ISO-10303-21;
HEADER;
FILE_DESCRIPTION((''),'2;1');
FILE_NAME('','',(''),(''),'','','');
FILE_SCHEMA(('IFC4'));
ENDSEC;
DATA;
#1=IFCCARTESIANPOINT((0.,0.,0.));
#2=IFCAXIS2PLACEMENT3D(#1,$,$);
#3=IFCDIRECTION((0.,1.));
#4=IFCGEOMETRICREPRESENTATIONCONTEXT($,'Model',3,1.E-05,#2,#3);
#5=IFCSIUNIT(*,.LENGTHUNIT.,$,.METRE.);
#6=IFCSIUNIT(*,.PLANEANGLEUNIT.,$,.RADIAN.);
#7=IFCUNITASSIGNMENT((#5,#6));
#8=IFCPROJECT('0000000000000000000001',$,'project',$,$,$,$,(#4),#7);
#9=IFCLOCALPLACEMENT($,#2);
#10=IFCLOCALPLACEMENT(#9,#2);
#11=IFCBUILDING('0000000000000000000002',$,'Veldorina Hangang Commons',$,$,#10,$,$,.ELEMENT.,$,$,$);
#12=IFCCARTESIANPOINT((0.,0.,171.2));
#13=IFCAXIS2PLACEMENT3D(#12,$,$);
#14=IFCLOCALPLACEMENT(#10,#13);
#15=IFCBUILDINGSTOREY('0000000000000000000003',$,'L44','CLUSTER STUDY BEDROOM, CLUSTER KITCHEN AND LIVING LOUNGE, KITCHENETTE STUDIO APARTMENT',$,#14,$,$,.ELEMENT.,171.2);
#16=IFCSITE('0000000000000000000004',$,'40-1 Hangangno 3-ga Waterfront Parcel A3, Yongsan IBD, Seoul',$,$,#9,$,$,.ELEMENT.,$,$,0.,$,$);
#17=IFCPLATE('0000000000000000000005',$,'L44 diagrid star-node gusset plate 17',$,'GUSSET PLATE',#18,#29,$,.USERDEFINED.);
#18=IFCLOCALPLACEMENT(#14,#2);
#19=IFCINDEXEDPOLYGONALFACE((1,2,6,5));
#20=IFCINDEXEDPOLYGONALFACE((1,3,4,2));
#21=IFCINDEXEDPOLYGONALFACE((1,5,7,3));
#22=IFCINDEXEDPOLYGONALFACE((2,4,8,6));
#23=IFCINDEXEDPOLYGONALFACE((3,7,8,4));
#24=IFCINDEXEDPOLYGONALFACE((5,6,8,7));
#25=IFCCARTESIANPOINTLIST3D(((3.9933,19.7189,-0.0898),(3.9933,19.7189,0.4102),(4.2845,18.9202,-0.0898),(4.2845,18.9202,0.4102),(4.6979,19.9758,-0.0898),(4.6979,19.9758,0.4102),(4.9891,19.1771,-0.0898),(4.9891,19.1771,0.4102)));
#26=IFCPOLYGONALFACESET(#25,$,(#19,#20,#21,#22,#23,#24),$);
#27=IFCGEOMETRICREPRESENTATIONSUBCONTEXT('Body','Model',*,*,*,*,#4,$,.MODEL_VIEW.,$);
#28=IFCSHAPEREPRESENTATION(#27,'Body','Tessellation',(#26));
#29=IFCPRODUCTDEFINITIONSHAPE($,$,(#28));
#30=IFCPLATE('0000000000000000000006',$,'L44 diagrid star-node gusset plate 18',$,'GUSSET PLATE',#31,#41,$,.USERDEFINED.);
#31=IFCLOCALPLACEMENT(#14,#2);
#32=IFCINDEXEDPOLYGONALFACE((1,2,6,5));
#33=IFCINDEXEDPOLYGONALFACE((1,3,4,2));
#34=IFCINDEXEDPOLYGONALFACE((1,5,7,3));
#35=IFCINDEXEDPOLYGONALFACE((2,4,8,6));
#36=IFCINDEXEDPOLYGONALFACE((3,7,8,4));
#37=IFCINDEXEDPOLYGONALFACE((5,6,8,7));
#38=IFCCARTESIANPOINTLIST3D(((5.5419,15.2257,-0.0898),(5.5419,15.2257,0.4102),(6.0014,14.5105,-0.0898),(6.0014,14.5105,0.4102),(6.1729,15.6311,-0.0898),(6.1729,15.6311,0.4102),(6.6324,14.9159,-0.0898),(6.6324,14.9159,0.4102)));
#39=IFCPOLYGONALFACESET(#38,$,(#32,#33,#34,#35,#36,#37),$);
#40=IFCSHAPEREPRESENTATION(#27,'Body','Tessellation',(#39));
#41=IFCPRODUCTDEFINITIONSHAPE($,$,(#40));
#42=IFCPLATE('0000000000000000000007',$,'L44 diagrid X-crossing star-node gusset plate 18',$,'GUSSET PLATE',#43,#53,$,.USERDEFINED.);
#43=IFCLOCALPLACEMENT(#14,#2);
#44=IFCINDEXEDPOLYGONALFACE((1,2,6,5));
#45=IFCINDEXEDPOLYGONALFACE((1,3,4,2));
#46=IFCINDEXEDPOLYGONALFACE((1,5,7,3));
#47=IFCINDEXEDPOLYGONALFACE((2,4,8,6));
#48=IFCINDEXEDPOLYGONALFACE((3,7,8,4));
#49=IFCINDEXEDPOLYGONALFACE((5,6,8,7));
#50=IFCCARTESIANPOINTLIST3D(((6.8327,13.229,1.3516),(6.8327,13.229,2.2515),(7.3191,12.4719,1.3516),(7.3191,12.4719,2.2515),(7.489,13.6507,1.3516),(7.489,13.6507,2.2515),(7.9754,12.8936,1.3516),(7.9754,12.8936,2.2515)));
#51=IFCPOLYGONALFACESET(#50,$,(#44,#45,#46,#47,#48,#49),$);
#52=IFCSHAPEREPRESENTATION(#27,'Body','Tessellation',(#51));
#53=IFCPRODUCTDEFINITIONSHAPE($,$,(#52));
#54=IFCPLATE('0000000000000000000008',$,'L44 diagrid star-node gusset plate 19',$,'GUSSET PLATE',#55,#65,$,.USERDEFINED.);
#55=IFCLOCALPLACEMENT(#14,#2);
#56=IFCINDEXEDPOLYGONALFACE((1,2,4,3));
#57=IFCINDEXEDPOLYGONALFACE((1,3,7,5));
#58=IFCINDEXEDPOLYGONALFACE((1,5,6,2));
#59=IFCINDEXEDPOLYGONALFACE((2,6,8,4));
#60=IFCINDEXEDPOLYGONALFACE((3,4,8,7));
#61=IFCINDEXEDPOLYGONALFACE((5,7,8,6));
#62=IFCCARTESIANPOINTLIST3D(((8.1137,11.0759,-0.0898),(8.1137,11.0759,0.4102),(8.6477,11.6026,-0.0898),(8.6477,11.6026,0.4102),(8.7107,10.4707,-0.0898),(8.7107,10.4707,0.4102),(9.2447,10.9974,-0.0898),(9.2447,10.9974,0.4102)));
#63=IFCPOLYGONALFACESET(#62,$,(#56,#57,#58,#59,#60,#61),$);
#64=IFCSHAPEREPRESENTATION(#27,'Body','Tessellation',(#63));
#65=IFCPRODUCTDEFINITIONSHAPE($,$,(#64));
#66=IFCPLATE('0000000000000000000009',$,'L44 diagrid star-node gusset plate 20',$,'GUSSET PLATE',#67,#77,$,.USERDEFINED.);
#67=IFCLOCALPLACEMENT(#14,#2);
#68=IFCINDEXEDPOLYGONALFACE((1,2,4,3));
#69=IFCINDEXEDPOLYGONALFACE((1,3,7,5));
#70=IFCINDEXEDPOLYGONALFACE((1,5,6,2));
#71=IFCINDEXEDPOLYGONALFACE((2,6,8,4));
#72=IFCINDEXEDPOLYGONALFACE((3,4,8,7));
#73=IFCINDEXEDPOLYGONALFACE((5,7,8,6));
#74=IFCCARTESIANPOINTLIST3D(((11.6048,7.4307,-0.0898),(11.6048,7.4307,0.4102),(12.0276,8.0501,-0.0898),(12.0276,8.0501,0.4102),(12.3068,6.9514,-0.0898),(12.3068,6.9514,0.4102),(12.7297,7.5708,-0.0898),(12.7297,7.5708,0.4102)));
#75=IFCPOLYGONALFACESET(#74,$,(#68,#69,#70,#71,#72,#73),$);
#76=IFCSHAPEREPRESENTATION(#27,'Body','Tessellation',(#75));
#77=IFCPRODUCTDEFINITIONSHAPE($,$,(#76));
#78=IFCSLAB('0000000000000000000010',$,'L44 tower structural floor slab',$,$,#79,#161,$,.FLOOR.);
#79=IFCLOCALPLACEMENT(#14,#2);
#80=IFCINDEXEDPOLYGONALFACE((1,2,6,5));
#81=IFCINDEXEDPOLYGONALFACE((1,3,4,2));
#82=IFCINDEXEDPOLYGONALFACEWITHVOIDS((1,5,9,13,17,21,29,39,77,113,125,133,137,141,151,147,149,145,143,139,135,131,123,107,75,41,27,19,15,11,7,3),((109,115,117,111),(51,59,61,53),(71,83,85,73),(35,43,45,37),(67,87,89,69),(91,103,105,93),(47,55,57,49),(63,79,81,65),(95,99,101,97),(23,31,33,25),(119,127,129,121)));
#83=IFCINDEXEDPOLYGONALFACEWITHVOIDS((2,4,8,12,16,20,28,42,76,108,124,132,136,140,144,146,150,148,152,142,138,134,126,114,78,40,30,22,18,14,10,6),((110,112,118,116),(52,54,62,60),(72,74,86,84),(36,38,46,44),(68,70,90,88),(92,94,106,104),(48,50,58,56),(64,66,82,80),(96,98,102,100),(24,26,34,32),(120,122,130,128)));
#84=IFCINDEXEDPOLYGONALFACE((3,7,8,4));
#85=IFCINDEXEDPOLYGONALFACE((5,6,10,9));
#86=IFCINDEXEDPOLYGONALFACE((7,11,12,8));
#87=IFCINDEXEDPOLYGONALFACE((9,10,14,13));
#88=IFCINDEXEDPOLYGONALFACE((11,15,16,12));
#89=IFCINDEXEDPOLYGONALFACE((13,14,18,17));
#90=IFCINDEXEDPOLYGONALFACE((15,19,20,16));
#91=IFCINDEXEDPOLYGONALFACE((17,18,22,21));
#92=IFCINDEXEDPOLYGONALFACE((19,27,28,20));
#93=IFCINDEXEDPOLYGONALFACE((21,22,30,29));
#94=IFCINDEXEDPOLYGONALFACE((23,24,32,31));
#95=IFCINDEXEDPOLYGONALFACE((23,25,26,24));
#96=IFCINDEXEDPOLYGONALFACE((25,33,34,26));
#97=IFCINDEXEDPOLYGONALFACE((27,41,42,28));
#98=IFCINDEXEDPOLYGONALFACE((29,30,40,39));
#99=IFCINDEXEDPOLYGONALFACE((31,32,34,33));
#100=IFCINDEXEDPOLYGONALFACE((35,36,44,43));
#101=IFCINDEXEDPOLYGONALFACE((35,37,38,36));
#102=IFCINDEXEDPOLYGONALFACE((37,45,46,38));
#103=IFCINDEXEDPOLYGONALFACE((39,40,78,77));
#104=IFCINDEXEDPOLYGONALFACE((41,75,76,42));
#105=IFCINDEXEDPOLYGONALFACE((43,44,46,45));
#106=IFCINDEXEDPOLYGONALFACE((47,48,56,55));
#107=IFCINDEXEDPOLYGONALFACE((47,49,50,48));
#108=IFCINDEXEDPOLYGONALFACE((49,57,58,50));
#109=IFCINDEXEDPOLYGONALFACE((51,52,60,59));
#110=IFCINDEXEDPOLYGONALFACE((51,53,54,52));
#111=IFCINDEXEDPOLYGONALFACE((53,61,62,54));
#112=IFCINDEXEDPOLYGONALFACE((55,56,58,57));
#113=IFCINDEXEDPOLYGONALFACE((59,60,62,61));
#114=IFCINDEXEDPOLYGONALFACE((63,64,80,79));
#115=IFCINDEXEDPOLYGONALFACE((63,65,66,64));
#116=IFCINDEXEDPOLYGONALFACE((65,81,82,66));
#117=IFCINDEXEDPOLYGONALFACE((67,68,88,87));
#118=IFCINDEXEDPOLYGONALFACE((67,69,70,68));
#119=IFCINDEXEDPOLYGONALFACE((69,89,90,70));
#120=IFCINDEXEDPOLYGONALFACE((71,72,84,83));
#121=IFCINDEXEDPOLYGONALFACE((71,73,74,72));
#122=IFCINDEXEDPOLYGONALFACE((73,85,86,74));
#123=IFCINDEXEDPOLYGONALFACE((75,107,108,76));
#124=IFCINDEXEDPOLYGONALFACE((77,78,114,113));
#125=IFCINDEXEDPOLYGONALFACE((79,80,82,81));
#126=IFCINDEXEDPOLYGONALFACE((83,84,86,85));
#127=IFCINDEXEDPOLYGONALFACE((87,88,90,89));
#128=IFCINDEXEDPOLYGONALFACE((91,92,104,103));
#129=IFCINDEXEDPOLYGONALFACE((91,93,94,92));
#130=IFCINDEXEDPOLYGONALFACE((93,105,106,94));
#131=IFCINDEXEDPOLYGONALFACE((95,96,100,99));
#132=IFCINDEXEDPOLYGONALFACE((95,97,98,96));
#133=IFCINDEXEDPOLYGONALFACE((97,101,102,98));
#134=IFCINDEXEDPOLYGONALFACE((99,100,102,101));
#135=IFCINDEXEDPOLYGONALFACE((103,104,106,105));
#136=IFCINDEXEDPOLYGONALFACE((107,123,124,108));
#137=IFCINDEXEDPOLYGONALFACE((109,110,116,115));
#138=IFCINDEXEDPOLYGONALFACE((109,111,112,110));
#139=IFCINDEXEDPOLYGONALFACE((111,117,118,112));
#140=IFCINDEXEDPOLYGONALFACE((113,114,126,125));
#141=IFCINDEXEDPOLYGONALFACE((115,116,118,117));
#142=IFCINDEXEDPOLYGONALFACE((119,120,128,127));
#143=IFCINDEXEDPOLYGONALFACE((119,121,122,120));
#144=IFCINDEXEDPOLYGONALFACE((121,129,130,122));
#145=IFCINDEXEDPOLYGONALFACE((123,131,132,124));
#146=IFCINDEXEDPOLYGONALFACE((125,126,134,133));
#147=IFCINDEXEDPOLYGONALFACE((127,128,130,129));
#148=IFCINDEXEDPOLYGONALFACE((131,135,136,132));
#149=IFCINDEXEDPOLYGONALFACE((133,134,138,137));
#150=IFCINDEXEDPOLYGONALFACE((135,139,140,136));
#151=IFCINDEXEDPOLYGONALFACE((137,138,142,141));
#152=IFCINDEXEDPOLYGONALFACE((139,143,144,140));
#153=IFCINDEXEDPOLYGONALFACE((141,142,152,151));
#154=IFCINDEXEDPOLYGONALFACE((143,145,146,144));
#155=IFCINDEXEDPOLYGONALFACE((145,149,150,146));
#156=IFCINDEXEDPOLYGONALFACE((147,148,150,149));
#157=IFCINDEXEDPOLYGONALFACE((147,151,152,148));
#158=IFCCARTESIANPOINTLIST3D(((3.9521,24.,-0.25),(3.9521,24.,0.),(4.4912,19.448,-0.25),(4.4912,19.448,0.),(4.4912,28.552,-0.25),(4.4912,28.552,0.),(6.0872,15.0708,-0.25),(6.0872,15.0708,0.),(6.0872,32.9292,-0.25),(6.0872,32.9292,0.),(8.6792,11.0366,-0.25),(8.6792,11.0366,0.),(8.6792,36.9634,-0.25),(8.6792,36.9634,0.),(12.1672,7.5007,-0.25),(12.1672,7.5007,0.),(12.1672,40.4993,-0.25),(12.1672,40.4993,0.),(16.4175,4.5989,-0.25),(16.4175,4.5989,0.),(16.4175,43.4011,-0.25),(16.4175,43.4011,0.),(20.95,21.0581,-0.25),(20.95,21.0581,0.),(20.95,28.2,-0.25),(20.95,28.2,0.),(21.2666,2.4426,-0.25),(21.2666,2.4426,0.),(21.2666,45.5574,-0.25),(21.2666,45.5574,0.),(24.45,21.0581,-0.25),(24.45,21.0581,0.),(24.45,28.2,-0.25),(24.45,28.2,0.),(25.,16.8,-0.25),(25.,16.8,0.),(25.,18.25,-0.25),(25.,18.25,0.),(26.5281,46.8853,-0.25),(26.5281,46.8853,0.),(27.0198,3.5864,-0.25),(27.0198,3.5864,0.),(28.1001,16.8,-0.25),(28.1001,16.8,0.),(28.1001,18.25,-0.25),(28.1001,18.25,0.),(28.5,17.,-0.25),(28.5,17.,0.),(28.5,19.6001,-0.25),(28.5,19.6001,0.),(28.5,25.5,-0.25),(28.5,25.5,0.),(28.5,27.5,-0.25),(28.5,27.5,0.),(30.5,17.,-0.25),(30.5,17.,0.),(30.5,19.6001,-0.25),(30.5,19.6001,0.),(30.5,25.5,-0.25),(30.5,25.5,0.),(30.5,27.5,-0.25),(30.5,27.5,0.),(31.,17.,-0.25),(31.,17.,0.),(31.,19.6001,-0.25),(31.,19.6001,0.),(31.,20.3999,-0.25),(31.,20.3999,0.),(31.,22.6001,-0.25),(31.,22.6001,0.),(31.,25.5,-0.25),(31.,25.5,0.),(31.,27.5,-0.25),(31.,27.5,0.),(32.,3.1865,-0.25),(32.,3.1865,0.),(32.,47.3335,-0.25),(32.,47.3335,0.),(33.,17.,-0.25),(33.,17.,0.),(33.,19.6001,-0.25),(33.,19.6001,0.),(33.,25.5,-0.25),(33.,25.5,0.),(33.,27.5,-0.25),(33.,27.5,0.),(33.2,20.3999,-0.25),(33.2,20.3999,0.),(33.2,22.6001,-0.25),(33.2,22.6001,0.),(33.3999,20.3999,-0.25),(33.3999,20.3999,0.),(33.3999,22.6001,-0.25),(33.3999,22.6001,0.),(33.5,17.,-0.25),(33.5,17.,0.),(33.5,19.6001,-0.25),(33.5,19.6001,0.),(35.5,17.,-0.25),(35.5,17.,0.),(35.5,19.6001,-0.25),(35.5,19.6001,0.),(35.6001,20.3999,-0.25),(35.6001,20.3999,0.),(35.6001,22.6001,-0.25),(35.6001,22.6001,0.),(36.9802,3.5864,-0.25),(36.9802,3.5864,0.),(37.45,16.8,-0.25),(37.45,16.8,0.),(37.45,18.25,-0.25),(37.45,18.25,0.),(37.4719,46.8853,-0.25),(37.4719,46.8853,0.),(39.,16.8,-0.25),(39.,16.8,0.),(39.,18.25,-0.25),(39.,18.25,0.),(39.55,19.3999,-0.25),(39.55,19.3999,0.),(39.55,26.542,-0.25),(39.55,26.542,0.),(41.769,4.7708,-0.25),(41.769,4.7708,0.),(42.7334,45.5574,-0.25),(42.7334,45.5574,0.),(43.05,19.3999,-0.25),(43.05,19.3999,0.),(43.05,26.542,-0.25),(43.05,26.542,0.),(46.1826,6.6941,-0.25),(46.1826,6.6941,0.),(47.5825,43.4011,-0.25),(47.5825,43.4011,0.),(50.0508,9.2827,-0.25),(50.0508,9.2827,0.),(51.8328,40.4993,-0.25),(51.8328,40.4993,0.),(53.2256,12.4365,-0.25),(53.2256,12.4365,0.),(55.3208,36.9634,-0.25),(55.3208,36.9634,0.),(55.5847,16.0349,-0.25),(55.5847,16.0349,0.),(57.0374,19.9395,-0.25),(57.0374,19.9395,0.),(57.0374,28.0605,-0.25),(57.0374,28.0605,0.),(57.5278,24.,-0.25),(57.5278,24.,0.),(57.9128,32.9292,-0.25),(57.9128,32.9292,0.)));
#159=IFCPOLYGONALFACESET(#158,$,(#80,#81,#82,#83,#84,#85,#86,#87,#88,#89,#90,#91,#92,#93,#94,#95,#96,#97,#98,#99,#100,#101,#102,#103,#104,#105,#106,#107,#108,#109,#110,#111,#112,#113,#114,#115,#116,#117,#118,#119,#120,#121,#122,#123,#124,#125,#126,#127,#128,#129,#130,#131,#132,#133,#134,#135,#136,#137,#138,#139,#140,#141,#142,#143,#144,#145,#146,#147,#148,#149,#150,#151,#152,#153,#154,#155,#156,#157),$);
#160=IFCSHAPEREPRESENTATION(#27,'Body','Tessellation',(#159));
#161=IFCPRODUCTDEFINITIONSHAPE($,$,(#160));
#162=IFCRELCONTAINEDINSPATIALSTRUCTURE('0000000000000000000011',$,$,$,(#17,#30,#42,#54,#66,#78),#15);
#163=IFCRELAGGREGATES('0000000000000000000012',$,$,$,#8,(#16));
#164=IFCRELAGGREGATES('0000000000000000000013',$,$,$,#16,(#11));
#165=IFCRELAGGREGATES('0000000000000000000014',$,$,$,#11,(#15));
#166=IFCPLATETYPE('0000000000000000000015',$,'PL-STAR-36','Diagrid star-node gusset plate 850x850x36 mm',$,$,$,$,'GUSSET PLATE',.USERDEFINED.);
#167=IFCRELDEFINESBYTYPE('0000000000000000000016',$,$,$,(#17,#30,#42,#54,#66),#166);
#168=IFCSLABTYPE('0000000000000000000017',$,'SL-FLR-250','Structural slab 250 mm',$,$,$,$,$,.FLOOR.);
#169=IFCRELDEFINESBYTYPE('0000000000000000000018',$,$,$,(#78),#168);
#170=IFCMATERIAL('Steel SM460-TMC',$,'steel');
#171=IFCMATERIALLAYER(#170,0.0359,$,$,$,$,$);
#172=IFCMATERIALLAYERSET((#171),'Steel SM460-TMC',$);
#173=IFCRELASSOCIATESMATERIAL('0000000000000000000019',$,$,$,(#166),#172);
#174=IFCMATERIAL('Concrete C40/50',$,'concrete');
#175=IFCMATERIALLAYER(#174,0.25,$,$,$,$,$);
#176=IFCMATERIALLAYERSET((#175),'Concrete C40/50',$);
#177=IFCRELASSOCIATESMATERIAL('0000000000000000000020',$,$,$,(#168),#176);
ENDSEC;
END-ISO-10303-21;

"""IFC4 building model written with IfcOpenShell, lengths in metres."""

from ifc_helpers import new_model, si_unit, direction, frame, origin, origin_2d, place, context, subcontext, project, spatial, polyline, rectangle, outline, extrude, material, layer, layer_set, type_object, element, save


model = new_model("IFC4")

# Units and contexts
model_context = context("Model", 3, precision=1e-05, world=origin(), true_north=direction((0.0, 1.0)))
body_context = subcontext(model_context, "Body", "Model", "MODEL_VIEW")
ifc_project = project(units=[si_unit("LENGTHUNIT", "METRE"), si_unit("PLANEANGLEUNIT", "RADIAN")], contexts=[model_context])

# Site, building, storey
site_placement = place(None, origin())
site = spatial("IfcSite", under=ifc_project, at=site_placement, Name="40-1 Hangangno 3-ga Waterfront Parcel A3, Yongsan IBD, Seoul", CompositionType="ELEMENT", RefElevation=0.0)
building_placement = place(site_placement, origin())
building = spatial("IfcBuilding", under=site, at=building_placement, Name="Veldorina Hangang Commons", CompositionType="ELEMENT")
storey_placement = place(building_placement, frame((0.0, 0.0, 171.2)))
storey = spatial("IfcBuildingStorey", under=building, at=storey_placement, Name="L44", Description="CLUSTER STUDY BEDROOM, CLUSTER KITCHEN AND LIVING LOUNGE, KITCHENETTE STUDIO APARTMENT", CompositionType="ELEMENT", Elevation=171.2)

# Plates
ifc_material_1 = material(Name="Steel SM460-TMC", Category="steel")
ifc_layer_1 = layer(ifc_material_1, 0.0359)
ifc_layer_set_1 = layer_set([ifc_layer_1], Name="Steel SM460-TMC")
plate_type = type_object("IfcPlateType", Name="PL-STAR-36", Description="Diagrid star-node gusset plate 850x850x36 mm", ElementType="GUSSET PLATE", PredefinedType="USERDEFINED", material=ifc_layer_set_1)
for number, where, z_axis, x_axis, name in (
    (1, (4.4912, 19.448, -0.0898), (0.0, 0.0, 1.0), (0.342578, -0.939489, 0.0), "L44 diagrid star-node gusset plate 17"),
    (2, (6.0872, 15.0708, -0.0898), (0.0, 0.0, 1.0), (0.540549, -0.841313, 0.0), "L44 diagrid star-node gusset plate 18"),
):
    element("IfcPlate", number, at=place(storey_placement, frame(where, z_axis=z_axis, x_axis=x_axis)), inside=storey, type_object=plate_type, Name=name, ObjectType="GUSSET PLATE", PredefinedType="USERDEFINED", context=body_context, shape_type="SweptSolid", body=[
        extrude(rectangle(XDim=0.8501, YDim=0.75, at=origin_2d()), origin(), (0.0, 0.0, 1.0), 0.5),
    ])
plate_1_placement = place(storey_placement, frame((7.4041, 13.0613, 1.3516), z_axis=(0.0, 0.0, 1.0), x_axis=(0.540549, -0.841313, 0.0)))
element("IfcPlate", 3, at=plate_1_placement, inside=storey, type_object=plate_type, Name="L44 diagrid X-crossing star-node gusset plate 18", ObjectType="GUSSET PLATE", PredefinedType="USERDEFINED", context=body_context, shape_type="SweptSolid", body=[
    extrude(rectangle(XDim=0.8999, YDim=0.78, at=origin_2d()), origin(), (0.0, 0.0, 1.0), 0.8999),
])
for number, where, z_axis, x_axis, name in (
    (4, (8.6792, 11.0366, -0.0898), (0.0, 0.0, 1.0), (0.702277, -0.711903, 0.0), "L44 diagrid star-node gusset plate 19"),
    (5, (12.1672, 7.5007, -0.0898), (0.0, 0.0, 1.0), (0.825882, -0.563843, 0.0), "L44 diagrid star-node gusset plate 20"),
):
    element("IfcPlate", number, at=place(storey_placement, frame(where, z_axis=z_axis, x_axis=x_axis)), inside=storey, type_object=plate_type, Name=name, ObjectType="GUSSET PLATE", PredefinedType="USERDEFINED", context=body_context, shape_type="SweptSolid", body=[
        extrude(rectangle(XDim=0.8501, YDim=0.75, at=origin_2d()), origin(), (0.0, 0.0, 1.0), 0.5),
    ])

# Slab
ifc_material_2 = material(Name="Concrete C40/50", Category="concrete")
ifc_layer_2 = layer(ifc_material_2, 0.25)
ifc_layer_set_2 = layer_set([ifc_layer_2], Name="Concrete C40/50")
slab_type_1 = type_object("IfcSlabType", Name="SL-FLR-250", Description="Structural slab 250 mm", PredefinedType="FLOOR", material=ifc_layer_set_2)
slab_1_placement = place(storey_placement, frame((0.0, 0.0, -0.25)))
element("IfcSlab", 6, at=slab_1_placement, inside=storey, type_object=slab_type_1, Name="L44 tower structural floor slab", PredefinedType="FLOOR", context=body_context, shape_type="SweptSolid", body=[
    extrude(outline(polyline([(57.5278, 24.0), (57.0374, 28.0605), (57.9128, 32.9292), (55.3208, 36.9634), (51.8328, 40.4993), (47.5825, 43.4011), (42.7334, 45.5574), (37.4719, 46.8853), (32.0, 47.3335), (26.5281, 46.8853), (21.2666, 45.5574), (16.4175, 43.4011), (12.1672, 40.4993), (8.6792, 36.9634), (6.0872, 32.9292), (4.4912, 28.552), (3.9521, 24.0), (4.4912, 19.448), (6.0872, 15.0708), (8.6792, 11.0366), (12.1672, 7.5007), (16.4175, 4.5989), (21.2666, 2.4426), (27.0198, 3.5864), (32.0, 3.1865), (36.9802, 3.5864), (41.769, 4.7708), (46.1826, 6.6941), (50.0508, 9.2827), (53.2256, 12.4365), (55.5847, 16.0349), (57.0374, 19.9395), (57.5278, 24.0)]), holes=[polyline([(20.95, 21.0581), (20.95, 28.2), (24.45, 28.2), (24.45, 21.0581), (20.95, 21.0581)]), polyline([(43.05, 26.542), (43.05, 19.3999), (39.55, 19.3999), (39.55, 26.542), (43.05, 26.542)]), polyline([(28.5, 27.5), (30.5, 27.5), (30.5, 25.5), (28.5, 25.5), (28.5, 27.5)]), polyline([(31.0, 27.5), (33.0, 27.5), (33.0, 25.5), (31.0, 25.5), (31.0, 27.5)]), polyline([(31.0, 22.6001), (33.2, 22.6001), (33.2, 20.3999), (31.0, 20.3999), (31.0, 22.6001)]), polyline([(33.3999, 22.6001), (35.6001, 22.6001), (35.6001, 20.3999), (33.3999, 20.3999), (33.3999, 22.6001)]), polyline([(28.5, 19.6001), (30.5, 19.6001), (30.5, 17.0), (28.5, 17.0), (28.5, 19.6001)]), polyline([(31.0, 19.6001), (33.0, 19.6001), (33.0, 17.0), (31.0, 17.0), (31.0, 19.6001)]), polyline([(33.5, 19.6001), (35.5, 19.6001), (35.5, 17.0), (33.5, 17.0), (33.5, 19.6001)]), polyline([(25.0, 18.25), (28.1001, 18.25), (28.1001, 16.8), (25.0, 16.8), (25.0, 18.25)]), polyline([(37.45, 18.25), (39.0, 18.25), (39.0, 16.8), (37.45, 16.8), (37.45, 18.25)])]), origin(), (0.0, 0.0, 1.0), 0.25),
])

save(model, "model.ifc")
